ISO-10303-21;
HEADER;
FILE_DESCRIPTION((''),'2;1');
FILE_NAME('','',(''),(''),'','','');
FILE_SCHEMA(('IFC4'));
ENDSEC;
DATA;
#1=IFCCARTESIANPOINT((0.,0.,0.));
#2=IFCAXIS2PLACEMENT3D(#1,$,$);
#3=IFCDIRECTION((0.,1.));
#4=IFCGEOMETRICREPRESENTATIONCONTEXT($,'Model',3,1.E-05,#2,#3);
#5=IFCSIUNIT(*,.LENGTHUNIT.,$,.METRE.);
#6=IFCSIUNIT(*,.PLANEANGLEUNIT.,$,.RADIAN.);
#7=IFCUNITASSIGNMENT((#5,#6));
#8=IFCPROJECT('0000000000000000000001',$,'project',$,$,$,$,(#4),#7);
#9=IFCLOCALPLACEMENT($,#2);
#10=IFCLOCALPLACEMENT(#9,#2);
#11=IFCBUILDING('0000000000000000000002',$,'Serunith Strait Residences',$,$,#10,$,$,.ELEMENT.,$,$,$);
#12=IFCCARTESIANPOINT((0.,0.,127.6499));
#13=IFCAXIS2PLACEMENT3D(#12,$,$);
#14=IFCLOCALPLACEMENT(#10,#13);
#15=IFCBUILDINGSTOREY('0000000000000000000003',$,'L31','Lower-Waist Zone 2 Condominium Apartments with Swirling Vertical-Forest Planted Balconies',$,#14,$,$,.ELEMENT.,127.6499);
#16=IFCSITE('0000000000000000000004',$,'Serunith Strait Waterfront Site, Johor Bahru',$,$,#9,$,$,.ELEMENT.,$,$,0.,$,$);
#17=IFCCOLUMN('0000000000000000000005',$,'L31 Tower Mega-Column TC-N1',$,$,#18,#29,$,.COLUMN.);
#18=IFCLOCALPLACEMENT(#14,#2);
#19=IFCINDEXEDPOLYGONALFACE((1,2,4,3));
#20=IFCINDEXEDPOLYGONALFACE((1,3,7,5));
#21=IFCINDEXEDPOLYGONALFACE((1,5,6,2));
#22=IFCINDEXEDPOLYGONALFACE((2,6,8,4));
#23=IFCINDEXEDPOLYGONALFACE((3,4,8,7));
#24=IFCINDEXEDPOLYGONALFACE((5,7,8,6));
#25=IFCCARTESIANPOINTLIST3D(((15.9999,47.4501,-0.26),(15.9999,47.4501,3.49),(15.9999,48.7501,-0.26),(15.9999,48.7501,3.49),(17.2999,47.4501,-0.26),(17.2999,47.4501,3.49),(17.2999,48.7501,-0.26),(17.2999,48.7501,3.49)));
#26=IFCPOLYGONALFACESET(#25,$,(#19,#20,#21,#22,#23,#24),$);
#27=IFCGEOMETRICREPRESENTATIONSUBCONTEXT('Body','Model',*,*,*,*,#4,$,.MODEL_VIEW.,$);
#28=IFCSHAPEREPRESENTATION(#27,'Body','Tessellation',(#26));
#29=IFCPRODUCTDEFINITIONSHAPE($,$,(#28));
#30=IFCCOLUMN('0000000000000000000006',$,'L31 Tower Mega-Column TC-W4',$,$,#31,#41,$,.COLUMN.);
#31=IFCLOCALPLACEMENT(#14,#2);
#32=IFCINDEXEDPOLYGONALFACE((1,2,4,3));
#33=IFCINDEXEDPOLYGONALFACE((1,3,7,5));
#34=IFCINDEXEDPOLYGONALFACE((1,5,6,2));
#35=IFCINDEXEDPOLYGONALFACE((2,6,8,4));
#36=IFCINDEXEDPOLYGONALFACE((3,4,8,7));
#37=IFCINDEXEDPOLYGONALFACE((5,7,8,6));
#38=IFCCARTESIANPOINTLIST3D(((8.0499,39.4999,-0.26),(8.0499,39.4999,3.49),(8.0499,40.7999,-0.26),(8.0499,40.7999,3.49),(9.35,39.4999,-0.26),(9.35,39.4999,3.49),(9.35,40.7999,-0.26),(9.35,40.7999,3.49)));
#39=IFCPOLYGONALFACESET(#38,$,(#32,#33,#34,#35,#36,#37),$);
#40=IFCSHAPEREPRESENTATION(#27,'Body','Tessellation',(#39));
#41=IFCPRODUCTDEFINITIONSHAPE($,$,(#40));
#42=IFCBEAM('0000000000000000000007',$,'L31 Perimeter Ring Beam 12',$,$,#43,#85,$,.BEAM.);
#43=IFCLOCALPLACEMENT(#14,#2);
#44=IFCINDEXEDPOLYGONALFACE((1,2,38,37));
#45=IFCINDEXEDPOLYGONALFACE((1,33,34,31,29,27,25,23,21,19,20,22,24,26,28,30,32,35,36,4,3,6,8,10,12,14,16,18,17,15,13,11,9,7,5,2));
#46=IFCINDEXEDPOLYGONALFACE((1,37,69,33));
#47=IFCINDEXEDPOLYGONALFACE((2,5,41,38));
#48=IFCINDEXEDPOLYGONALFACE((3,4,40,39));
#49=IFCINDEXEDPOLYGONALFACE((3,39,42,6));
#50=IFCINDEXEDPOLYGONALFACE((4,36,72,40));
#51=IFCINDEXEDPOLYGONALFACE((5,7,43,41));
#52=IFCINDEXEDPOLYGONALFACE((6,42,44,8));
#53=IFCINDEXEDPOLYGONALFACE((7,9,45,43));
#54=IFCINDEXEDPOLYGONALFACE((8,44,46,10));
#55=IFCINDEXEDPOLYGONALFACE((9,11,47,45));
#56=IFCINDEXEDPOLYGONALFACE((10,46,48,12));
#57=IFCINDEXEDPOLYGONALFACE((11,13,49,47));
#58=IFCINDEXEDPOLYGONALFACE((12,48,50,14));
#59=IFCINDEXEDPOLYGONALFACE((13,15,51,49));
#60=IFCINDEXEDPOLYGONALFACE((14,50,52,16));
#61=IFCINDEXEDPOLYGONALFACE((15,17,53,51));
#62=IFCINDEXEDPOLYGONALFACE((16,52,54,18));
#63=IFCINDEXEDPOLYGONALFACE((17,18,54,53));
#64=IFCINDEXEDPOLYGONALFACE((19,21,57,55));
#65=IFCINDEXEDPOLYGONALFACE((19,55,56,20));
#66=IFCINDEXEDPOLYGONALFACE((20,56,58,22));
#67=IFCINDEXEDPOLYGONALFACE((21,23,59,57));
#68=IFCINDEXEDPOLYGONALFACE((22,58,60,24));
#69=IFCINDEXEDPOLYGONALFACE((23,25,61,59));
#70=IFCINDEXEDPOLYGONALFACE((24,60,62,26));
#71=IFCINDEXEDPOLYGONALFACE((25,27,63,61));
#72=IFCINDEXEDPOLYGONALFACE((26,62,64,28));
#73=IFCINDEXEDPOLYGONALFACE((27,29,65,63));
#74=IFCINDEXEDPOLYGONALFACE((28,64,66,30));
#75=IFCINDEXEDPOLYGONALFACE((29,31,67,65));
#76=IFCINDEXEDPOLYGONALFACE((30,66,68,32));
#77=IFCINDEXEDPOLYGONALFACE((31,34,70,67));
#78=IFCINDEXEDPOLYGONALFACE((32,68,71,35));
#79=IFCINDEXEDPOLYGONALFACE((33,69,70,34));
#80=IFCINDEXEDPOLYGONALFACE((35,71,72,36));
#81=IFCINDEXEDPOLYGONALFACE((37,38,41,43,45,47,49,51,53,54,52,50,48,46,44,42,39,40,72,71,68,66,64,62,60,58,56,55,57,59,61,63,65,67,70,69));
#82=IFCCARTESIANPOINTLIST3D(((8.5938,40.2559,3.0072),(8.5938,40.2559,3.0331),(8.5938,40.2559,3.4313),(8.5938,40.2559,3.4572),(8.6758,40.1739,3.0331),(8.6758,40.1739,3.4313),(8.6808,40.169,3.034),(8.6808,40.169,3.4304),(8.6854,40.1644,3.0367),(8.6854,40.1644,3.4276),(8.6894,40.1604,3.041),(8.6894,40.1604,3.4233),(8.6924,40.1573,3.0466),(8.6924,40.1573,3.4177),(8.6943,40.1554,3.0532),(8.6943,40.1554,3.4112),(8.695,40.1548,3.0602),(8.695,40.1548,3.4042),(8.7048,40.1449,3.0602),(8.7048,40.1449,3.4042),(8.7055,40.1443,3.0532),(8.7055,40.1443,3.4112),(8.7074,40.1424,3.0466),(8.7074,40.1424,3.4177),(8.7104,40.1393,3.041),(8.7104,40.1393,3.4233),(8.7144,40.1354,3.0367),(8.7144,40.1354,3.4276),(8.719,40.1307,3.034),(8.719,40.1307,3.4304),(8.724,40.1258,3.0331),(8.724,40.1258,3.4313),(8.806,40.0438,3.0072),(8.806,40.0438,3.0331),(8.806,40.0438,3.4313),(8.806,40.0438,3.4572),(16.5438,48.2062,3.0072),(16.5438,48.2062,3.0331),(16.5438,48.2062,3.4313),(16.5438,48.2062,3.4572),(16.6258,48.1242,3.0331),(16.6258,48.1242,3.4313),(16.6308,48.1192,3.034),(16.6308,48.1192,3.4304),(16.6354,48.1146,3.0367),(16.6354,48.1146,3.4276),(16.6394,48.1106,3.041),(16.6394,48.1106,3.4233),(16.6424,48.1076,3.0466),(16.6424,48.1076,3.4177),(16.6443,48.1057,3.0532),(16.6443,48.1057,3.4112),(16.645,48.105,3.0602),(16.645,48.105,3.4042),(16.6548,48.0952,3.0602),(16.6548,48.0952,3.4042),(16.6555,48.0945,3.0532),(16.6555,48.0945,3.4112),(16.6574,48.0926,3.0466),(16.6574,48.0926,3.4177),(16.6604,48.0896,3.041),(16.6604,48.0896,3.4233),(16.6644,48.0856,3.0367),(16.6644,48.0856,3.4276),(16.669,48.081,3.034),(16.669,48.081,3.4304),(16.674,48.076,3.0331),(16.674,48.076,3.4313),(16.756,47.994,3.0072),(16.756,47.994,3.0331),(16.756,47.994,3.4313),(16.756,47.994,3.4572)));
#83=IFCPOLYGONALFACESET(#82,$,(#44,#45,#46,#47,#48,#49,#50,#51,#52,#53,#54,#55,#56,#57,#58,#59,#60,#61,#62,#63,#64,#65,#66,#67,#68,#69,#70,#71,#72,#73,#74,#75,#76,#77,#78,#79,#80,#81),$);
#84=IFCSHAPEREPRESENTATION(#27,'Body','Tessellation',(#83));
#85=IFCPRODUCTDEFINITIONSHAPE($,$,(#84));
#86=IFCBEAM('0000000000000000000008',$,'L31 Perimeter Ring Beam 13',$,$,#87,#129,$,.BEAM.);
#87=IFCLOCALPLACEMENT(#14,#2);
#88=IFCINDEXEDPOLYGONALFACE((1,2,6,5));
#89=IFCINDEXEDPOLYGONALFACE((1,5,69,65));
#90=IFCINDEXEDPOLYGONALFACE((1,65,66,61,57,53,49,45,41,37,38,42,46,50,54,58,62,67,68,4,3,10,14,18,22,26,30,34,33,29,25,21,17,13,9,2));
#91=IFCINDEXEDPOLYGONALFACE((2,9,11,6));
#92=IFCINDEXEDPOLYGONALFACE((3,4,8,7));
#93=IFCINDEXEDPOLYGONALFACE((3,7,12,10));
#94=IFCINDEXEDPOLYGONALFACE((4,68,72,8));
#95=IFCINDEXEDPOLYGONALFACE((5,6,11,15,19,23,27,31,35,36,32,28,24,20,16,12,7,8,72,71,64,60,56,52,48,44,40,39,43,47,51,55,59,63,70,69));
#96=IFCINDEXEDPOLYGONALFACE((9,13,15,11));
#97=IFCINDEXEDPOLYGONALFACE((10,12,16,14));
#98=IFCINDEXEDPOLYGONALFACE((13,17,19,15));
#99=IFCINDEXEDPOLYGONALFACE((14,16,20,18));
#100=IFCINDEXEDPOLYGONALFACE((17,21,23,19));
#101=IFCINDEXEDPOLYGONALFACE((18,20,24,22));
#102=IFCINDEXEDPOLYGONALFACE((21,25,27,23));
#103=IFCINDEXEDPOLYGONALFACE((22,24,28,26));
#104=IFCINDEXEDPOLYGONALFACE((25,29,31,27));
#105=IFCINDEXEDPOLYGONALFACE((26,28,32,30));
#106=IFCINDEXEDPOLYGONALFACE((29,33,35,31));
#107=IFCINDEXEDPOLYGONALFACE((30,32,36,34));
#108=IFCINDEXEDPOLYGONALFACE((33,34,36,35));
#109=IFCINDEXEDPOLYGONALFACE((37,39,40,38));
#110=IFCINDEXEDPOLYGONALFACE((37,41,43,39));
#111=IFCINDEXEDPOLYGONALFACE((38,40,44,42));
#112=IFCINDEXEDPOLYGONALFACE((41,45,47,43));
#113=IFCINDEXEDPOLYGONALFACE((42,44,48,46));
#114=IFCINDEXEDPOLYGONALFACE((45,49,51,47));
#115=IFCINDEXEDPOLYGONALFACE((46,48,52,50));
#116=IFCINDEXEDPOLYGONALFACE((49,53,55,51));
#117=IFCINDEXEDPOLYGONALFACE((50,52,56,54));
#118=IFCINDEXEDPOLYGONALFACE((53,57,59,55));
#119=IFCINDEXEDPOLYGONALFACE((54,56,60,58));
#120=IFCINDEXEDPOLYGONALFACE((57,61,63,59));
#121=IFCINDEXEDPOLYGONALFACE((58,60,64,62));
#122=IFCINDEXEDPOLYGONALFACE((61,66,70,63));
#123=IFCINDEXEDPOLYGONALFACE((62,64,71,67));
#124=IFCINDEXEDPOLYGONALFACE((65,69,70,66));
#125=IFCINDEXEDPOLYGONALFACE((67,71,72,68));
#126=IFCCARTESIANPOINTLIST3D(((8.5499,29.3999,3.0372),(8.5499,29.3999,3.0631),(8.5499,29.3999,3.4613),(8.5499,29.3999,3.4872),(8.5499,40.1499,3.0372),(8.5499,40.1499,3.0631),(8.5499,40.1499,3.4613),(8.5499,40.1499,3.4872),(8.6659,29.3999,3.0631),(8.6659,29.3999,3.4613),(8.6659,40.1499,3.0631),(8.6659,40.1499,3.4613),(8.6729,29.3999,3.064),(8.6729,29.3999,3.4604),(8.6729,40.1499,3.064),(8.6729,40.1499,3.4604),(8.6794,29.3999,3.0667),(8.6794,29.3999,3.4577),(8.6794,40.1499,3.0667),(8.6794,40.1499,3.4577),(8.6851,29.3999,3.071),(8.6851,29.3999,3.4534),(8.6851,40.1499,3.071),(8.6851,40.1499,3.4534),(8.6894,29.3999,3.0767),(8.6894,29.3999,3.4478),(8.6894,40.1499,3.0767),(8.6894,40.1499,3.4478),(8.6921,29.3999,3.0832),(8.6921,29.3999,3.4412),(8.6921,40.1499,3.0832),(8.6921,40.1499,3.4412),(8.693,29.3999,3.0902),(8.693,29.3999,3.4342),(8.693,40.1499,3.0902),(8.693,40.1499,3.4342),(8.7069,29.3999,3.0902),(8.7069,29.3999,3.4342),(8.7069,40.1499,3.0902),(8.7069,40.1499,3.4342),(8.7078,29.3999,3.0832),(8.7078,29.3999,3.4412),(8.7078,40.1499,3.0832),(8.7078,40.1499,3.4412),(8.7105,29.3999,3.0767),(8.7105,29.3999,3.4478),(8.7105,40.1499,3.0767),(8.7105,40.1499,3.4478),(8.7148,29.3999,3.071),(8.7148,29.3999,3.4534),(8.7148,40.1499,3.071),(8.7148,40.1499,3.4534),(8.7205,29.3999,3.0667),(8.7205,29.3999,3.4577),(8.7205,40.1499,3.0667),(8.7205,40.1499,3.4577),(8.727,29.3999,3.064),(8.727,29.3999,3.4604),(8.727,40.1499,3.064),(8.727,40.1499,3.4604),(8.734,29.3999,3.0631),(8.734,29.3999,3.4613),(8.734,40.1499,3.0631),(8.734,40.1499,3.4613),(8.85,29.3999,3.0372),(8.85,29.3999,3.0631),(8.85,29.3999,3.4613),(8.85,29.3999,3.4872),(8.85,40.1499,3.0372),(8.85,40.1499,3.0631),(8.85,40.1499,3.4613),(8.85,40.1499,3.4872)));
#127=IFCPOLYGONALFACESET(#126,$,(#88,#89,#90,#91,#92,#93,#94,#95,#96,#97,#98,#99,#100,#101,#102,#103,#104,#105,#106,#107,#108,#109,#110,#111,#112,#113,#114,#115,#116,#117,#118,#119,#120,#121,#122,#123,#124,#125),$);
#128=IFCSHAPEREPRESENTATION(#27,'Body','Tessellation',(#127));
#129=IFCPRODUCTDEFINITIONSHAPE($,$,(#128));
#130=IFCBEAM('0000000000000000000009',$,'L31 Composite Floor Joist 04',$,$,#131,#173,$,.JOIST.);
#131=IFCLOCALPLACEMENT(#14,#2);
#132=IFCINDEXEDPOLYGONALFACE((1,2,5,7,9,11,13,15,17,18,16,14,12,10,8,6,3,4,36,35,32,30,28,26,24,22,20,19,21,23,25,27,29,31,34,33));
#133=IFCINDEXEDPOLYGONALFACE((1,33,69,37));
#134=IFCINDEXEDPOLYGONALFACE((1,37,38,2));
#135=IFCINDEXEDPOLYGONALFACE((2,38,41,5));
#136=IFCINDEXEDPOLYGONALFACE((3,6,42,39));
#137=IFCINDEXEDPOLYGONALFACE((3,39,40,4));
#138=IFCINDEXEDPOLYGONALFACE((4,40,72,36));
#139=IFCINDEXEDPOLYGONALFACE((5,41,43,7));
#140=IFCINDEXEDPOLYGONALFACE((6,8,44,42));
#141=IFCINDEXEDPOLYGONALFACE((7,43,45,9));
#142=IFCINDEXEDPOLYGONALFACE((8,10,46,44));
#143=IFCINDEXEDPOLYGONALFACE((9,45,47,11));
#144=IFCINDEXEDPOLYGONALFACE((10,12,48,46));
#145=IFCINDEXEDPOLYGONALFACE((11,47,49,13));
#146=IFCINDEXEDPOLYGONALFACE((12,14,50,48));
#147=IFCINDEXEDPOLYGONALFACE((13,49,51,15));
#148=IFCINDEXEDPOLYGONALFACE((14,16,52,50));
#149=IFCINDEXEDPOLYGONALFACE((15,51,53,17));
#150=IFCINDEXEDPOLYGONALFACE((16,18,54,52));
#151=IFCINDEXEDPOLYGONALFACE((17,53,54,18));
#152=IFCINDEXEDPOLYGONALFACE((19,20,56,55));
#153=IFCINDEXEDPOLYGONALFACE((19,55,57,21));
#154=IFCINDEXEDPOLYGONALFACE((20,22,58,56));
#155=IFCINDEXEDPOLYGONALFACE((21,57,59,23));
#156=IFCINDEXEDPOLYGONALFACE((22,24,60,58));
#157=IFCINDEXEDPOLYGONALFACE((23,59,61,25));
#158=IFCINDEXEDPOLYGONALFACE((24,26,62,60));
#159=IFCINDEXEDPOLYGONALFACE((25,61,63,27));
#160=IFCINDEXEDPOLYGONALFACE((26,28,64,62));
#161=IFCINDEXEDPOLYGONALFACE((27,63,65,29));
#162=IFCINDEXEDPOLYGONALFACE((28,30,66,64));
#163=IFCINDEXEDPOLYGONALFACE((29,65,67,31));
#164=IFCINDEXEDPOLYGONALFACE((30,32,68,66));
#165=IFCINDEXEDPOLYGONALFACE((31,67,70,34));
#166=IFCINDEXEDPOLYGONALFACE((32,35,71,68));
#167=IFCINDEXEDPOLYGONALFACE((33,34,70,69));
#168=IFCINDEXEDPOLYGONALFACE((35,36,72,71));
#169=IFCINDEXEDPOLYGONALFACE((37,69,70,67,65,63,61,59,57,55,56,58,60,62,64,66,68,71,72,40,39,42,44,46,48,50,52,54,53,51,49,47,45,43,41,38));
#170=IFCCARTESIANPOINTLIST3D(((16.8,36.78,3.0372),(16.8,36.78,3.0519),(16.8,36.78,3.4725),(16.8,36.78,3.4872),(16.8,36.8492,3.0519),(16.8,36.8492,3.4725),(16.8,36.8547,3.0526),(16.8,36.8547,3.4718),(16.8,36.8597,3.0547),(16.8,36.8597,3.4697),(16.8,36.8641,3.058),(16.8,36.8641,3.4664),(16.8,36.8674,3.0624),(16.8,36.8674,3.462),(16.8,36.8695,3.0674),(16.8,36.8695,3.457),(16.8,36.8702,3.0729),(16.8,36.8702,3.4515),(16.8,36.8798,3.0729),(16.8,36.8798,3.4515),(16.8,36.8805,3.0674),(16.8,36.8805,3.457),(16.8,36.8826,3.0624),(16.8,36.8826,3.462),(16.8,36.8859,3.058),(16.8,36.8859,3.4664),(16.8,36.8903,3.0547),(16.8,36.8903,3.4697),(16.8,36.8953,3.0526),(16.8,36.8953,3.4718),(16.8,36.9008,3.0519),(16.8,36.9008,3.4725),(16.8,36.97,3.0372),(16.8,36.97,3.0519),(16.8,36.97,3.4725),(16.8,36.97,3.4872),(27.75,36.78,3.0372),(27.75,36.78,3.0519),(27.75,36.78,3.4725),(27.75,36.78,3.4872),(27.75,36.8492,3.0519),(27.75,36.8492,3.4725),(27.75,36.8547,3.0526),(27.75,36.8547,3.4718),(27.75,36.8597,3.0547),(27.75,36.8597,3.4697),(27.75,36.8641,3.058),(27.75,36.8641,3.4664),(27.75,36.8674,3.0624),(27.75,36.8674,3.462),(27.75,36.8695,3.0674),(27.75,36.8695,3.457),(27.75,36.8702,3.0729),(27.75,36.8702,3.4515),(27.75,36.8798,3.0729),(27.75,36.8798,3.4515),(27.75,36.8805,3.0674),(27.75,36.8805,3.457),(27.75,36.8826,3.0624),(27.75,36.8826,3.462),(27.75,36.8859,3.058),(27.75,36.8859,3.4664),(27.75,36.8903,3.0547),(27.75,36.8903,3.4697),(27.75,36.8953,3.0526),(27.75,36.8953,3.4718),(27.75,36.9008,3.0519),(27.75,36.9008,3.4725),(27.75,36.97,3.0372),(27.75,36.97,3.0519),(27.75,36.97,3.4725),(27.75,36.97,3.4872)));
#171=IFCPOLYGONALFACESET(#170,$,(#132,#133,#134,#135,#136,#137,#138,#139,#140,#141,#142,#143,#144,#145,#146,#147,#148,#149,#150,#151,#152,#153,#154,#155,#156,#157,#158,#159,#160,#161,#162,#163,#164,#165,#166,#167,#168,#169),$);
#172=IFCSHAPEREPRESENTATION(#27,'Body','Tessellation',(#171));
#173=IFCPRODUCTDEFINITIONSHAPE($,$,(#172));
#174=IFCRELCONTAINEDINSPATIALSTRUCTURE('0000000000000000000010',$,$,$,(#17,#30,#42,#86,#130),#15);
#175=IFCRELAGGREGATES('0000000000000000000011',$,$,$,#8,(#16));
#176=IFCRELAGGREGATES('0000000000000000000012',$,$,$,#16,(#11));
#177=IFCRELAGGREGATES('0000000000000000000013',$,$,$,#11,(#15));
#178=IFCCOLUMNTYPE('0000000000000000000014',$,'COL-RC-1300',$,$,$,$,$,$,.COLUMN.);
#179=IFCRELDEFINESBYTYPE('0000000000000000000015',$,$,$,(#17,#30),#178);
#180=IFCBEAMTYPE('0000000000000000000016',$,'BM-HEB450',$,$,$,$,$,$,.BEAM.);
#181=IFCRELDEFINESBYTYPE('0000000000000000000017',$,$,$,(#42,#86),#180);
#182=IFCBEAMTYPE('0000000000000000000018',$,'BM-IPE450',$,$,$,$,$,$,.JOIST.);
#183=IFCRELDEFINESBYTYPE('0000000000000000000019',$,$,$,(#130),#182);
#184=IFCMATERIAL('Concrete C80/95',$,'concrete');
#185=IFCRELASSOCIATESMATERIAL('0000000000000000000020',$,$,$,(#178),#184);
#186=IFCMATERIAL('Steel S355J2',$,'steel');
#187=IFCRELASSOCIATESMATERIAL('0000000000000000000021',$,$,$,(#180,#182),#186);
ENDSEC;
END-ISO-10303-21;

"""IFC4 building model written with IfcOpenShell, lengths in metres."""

from ifc_helpers import new_model, si_unit, direction, frame, origin, origin_2d, place, context, subcontext, project, spatial, rectangle, i_section, extrude, source, transform, mapped, material, material_profile, profile_set, type_object, element, save


model = new_model("IFC4")

# Units and contexts
model_context = context("Model", 3, precision=1e-05, world=origin(), true_north=direction((0.0, 1.0)))
body_context = subcontext(model_context, "Body", "Model", "MODEL_VIEW")
ifc_project = project(units=[si_unit("LENGTHUNIT", "METRE"), si_unit("PLANEANGLEUNIT", "RADIAN")], contexts=[model_context])

# Site, building, storey
site_placement = place(None, origin())
site = spatial("IfcSite", under=ifc_project, at=site_placement, Name="Serunith Strait Waterfront Site, Johor Bahru", CompositionType="ELEMENT", RefElevation=0.0)
building_placement = place(site_placement, origin())
building = spatial("IfcBuilding", under=site, at=building_placement, Name="Serunith Strait Residences", CompositionType="ELEMENT")
storey_placement = place(building_placement, frame((0.0, 0.0, 127.6499)))
storey = spatial("IfcBuildingStorey", under=building, at=storey_placement, Name="L31", Description="Lower-Waist Zone 2 Condominium Apartments with Swirling Vertical-Forest Planted Balconies", CompositionType="ELEMENT", Elevation=127.6499)

# Columns
ifc_material_1 = material(Name="Concrete C80/95", Category="concrete")
ifc_material_profile_1 = material_profile(ifc_material_1, rectangle(XDim=1.3, YDim=1.3, at=origin_2d()), Name="RC 1300x1300")
ifc_profile_set_1 = profile_set([ifc_material_profile_1], Name="Concrete C80/95")
column_type = type_object("IfcColumnType", Name="COL-RC-1300", PredefinedType="COLUMN", material=ifc_profile_set_1)
shared_shape_1 = source(origin(), body_context, "Body", "SweptSolid", [
    extrude(rectangle(XDim=1.3, YDim=1.3, at=origin_2d()), origin(), (0.0, 0.0, 1.0), 3.75),
])
for number, where, z_axis, x_axis, name in (
    (1, (16.6499, 48.1001, -0.26), (0.0, 0.0, 1.0), (1.0, 0.0, 0.0), "L31 Tower Mega-Column TC-N1"),
    (2, (8.7, 40.1499, -0.26), (0.0, 0.0, 1.0), (1.0, 0.0, 0.0), "L31 Tower Mega-Column TC-W4"),
):
    element("IfcColumn", number, at=place(storey_placement, frame(where, z_axis=z_axis, x_axis=x_axis)), inside=storey, type_object=column_type, Name=name, PredefinedType="COLUMN", context=body_context, shape_type="MappedRepresentation", body=[
        mapped(shared_shape_1, transform((0.0, 0.0, 0.0), scale=1.0)),
    ])

# Beams
ifc_material_2 = material(Name="Steel S355J2", Category="steel")
ifc_material_profile_2 = material_profile(ifc_material_2, i_section(OverallWidth=0.3, OverallDepth=0.45, WebThickness=0.0139, FlangeThickness=0.0259, FilletRadius=0.0271, at=origin_2d()), Name="HEB 450")
ifc_profile_set_2 = profile_set([ifc_material_profile_2], Name="Steel S355J2")
beam_type_1 = type_object("IfcBeamType", Name="BM-HEB450", PredefinedType="BEAM", material=ifc_profile_set_2)
shared_shape_2 = source(origin(), body_context, "Body", "SweptSolid", [
    extrude(i_section(OverallWidth=0.3, OverallDepth=0.45, WebThickness=0.0139, FlangeThickness=0.0259, FilletRadius=0.0271, at=origin_2d()), origin(), (0.0, 0.0, 1.0), 11.2432),
])
beam_1_placement = place(storey_placement, frame((16.6499, 48.1001, 3.2322), z_axis=(-0.707096, -0.707118, 0.0), x_axis=(0.707118, -0.707096, 0.0)))
element("IfcBeam", 3, at=beam_1_placement, inside=storey, type_object=beam_type_1, Name="L31 Perimeter Ring Beam 12", PredefinedType="BEAM", context=body_context, shape_type="MappedRepresentation", body=[
    mapped(shared_shape_2, transform((0.0, 0.0, 0.0), scale=1.0)),
])
shared_shape_3 = source(origin(), body_context, "Body", "SweptSolid", [
    extrude(i_section(OverallWidth=0.3, OverallDepth=0.45, WebThickness=0.0139, FlangeThickness=0.0259, FilletRadius=0.0271, at=origin_2d()), origin(), (0.0, 0.0, 1.0), 10.75),
])
beam_2_placement = place(storey_placement, frame((8.7, 40.1499, 3.2622), z_axis=(0.0, -1.0, 0.0), x_axis=(1.0, 0.0, 0.0)))
element("IfcBeam", 4, at=beam_2_placement, inside=storey, type_object=beam_type_1, Name="L31 Perimeter Ring Beam 13", PredefinedType="BEAM", context=body_context, shape_type="MappedRepresentation", body=[
    mapped(shared_shape_3, transform((0.0, 0.0, 0.0), scale=1.0)),
])
ifc_material_profile_3 = material_profile(ifc_material_2, i_section(OverallWidth=0.1899, OverallDepth=0.45, WebThickness=0.0095, FlangeThickness=0.0146, FilletRadius=0.021, at=origin_2d()), Name="IPE 450")
ifc_profile_set_3 = profile_set([ifc_material_profile_3], Name="Steel S355J2")
beam_type_2 = type_object("IfcBeamType", Name="BM-IPE450", PredefinedType="JOIST", material=ifc_profile_set_3)
shared_shape_4 = source(origin(), body_context, "Body", "SweptSolid", [
    extrude(i_section(OverallWidth=0.1899, OverallDepth=0.45, WebThickness=0.0095, FlangeThickness=0.0146, FilletRadius=0.021, at=origin_2d()), origin(), (0.0, 0.0, 1.0), 10.95),
])
beam_3_placement = place(storey_placement, frame((16.8, 36.875, 3.2622), z_axis=(1.0, 0.0, 0.0), x_axis=(0.0, 1.0, 0.0)))
element("IfcBeam", 5, at=beam_3_placement, inside=storey, type_object=beam_type_2, Name="L31 Composite Floor Joist 04", PredefinedType="JOIST", context=body_context, shape_type="MappedRepresentation", body=[
    mapped(shared_shape_4, transform((0.0, 0.0, 0.0), scale=1.0)),
])

save(model, "model.ifc")
